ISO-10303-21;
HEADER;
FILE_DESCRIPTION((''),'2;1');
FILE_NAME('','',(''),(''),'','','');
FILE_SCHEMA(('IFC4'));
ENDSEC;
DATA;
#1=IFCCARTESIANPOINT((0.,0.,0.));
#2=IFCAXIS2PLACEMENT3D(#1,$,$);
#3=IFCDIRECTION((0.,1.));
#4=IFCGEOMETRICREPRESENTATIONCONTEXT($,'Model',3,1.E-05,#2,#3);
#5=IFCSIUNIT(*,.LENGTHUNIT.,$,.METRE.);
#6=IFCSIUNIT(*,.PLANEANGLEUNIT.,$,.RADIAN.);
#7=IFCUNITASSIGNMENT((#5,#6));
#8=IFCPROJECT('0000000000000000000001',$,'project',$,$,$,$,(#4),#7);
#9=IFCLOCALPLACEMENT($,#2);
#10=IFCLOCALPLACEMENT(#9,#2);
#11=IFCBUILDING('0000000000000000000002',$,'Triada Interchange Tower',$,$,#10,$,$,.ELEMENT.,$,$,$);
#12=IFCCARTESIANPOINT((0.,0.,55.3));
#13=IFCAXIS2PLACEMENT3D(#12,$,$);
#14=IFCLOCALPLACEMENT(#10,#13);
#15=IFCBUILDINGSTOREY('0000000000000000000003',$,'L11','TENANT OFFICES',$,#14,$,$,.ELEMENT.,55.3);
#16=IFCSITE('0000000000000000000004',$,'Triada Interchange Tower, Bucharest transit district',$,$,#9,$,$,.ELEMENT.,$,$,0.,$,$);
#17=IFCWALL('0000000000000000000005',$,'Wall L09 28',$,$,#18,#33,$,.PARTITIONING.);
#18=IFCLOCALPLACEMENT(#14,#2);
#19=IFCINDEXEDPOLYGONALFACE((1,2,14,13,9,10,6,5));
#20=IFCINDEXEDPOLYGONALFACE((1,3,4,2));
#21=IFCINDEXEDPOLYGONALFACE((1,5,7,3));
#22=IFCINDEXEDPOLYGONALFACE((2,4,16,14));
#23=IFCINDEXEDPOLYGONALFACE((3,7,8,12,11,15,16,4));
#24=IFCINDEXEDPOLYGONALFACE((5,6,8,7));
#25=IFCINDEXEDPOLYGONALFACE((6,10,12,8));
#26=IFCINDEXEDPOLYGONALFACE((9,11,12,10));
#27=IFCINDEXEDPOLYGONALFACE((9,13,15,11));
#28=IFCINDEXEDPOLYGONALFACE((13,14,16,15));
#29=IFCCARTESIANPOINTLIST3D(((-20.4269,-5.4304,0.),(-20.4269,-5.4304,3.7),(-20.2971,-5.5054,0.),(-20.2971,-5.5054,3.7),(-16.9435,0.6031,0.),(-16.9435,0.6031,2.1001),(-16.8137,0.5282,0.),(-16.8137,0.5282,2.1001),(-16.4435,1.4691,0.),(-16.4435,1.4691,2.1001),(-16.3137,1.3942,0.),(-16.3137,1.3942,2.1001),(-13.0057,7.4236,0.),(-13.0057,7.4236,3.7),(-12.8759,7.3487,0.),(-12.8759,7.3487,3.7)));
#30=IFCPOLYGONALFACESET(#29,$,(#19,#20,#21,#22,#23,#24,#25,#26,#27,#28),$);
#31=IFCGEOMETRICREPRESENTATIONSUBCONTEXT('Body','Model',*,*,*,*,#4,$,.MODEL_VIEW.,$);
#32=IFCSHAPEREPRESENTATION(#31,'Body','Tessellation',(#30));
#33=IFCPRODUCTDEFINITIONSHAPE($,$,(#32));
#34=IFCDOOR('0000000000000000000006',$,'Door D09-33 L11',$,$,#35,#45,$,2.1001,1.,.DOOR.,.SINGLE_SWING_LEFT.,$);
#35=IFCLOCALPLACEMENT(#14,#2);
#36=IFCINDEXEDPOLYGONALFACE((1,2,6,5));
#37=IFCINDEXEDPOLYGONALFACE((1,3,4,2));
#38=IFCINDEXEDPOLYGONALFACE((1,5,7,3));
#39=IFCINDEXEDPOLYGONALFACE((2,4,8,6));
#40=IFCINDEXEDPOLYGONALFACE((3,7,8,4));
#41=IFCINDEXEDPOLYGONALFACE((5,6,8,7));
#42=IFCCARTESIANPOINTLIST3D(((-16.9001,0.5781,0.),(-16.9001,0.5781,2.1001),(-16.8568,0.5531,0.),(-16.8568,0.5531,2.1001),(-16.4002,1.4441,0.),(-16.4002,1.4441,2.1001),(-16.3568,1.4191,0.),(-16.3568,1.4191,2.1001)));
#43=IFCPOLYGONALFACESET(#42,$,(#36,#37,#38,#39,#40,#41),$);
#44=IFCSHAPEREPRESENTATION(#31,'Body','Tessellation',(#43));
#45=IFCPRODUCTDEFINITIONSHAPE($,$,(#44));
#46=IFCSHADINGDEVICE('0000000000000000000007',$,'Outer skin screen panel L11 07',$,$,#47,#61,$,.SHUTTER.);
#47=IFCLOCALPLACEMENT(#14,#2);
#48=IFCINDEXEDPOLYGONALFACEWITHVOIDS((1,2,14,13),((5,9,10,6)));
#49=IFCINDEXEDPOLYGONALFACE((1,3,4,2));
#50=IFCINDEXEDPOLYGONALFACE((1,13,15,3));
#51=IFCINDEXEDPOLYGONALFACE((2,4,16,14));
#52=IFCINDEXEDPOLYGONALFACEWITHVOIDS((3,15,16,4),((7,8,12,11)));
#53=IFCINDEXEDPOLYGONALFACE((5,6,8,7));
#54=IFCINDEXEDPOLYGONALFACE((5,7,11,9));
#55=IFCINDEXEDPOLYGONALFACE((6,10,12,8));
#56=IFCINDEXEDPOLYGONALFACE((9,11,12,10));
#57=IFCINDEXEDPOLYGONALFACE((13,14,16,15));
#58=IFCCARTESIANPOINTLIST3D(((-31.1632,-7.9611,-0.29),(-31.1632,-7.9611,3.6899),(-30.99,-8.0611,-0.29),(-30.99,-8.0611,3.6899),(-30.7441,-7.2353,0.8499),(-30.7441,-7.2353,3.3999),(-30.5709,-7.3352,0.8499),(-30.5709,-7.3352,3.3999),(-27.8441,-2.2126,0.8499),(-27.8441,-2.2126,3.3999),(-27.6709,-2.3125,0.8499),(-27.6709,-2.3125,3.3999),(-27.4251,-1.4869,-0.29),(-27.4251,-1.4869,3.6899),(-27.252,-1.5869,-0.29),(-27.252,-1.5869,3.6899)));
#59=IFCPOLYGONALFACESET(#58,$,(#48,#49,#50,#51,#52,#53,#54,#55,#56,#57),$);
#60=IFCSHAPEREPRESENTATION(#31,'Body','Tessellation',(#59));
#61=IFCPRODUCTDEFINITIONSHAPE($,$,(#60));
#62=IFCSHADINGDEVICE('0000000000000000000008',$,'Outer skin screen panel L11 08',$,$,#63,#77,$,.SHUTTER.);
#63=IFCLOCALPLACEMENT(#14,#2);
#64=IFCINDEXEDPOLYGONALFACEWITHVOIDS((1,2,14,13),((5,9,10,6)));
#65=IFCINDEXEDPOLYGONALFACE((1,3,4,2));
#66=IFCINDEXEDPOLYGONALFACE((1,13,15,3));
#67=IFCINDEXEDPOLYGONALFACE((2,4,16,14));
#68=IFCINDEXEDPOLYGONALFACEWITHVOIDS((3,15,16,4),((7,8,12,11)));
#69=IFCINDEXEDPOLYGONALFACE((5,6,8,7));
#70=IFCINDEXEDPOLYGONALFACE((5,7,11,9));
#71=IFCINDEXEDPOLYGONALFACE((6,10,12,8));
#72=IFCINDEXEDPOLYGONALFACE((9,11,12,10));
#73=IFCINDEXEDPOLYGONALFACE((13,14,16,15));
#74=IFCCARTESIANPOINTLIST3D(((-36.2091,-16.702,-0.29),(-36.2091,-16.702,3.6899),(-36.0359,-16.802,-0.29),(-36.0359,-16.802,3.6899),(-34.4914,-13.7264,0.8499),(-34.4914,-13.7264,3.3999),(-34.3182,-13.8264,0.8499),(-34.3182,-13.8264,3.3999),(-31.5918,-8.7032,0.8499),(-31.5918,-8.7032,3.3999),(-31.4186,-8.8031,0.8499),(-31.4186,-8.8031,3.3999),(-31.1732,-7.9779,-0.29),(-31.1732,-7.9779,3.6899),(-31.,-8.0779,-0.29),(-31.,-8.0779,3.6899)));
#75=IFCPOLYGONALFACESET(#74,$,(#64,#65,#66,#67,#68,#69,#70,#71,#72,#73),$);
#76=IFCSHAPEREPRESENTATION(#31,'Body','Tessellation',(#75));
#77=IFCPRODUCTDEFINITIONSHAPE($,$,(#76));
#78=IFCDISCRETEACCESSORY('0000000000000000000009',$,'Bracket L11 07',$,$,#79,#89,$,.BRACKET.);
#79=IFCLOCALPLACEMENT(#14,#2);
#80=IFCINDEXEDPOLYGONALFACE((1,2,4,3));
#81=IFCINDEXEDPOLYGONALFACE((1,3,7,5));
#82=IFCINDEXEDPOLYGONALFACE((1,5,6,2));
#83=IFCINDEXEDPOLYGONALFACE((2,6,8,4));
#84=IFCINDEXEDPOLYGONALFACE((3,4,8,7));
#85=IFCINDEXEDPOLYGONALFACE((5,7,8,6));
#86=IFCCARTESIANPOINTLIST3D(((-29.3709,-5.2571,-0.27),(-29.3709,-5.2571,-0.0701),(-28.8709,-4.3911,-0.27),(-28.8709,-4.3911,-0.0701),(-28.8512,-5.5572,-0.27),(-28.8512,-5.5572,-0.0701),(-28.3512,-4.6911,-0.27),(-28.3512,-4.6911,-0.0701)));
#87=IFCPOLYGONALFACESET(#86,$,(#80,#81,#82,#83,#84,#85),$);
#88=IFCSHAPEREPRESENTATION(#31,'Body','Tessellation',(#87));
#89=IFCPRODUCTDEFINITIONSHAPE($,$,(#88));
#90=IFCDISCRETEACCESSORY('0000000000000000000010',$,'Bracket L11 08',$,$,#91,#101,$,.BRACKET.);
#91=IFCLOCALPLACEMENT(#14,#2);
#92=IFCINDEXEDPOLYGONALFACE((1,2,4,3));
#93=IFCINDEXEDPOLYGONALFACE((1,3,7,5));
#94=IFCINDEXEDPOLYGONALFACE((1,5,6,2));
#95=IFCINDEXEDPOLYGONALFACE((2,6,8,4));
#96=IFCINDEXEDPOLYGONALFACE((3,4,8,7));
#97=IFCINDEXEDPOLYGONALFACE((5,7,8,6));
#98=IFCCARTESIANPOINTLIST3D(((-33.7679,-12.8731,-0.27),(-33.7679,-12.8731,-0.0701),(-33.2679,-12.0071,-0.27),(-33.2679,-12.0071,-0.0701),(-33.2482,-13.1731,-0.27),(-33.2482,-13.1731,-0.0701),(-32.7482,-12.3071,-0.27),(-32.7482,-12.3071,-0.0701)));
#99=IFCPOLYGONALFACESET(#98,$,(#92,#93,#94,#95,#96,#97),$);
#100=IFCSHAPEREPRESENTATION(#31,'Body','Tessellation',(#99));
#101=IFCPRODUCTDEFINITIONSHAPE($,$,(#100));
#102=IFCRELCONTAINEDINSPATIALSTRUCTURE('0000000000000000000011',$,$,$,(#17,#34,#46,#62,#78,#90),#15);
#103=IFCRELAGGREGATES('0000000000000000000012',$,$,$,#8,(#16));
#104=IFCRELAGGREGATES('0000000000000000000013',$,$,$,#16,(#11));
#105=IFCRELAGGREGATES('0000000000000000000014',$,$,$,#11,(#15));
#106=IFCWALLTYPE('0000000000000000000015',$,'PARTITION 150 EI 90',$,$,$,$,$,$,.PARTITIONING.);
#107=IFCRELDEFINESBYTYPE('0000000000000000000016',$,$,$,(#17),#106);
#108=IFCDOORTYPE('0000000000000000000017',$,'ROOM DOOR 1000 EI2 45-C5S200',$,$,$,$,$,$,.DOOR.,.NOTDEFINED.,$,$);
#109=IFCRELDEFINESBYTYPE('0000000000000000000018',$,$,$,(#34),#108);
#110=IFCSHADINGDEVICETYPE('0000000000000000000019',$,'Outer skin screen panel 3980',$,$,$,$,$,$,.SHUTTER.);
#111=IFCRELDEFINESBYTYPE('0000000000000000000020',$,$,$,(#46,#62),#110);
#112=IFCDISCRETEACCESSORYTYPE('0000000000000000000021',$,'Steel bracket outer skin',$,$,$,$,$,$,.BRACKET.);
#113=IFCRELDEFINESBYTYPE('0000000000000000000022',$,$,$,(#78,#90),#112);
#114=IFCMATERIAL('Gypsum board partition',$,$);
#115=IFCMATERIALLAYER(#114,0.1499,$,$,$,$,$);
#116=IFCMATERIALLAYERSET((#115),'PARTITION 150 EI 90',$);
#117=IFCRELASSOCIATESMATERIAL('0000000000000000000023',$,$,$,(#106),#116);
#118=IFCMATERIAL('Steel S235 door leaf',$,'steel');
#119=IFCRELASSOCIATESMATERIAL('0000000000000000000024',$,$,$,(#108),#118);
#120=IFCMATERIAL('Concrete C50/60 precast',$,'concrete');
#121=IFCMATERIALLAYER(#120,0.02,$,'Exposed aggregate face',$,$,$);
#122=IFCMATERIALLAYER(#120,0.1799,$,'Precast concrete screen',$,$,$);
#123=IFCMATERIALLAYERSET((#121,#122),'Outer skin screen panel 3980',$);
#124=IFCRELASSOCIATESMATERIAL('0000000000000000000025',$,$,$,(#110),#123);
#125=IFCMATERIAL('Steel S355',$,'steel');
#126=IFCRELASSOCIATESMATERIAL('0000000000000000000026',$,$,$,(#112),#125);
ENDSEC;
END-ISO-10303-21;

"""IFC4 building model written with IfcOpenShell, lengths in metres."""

from ifc_helpers import new_model, si_unit, direction, frame, frame_2d, origin, origin_2d, place, context, subcontext, project, spatial, polyline, rectangle, outline, extrude, material, layer, layer_set, type_object, element, fill, save


model = new_model("IFC4")

# Units and contexts
model_context = context("Model", 3, precision=1e-05, world=origin(), true_north=direction((0.0, 1.0)))
body_context = subcontext(model_context, "Body", "Model", "MODEL_VIEW")
ifc_project = project(units=[si_unit("LENGTHUNIT", "METRE"), si_unit("PLANEANGLEUNIT", "RADIAN")], contexts=[model_context])

# Site, building, storey
site_placement = place(None, origin())
site = spatial("IfcSite", under=ifc_project, at=site_placement, Name="Triada Interchange Tower, Bucharest transit district", CompositionType="ELEMENT", RefElevation=0.0)
building_placement = place(site_placement, origin())
building = spatial("IfcBuilding", under=site, at=building_placement, Name="Triada Interchange Tower", CompositionType="ELEMENT")
storey_placement = place(building_placement, frame((0.0, 0.0, 55.3)))
storey = spatial("IfcBuildingStorey", under=building, at=storey_placement, Name="L11", Description="TENANT OFFICES", CompositionType="ELEMENT", Elevation=55.3)

# Shared definitions
ifc_material_1 = material(Name="Gypsum board partition")

# Shared definitions
ifc_material_2 = material(Name="Steel S235 door leaf", Category="steel")

# Wall, opening, door
ifc_layer_1 = layer(ifc_material_1, 0.1499)
ifc_layer_set_1 = layer_set([ifc_layer_1], Name="PARTITION 150 EI 90")
wall_type_1 = type_object("IfcWallType", Name="PARTITION 150 EI 90", PredefinedType="PARTITIONING", material=ifc_layer_set_1)
wall_1_placement = place(storey_placement, frame((-20.3621, -5.468, 0.0), z_axis=(0.0, 0.0, 1.0), x_axis=(0.499994, 0.866029, 0.0)))
wall_1 = element("IfcWall", 1, at=wall_1_placement, inside=storey, type_object=wall_type_1, Name="Wall L09 28", PredefinedType="PARTITIONING", context=body_context, shape_type="SweptSolid", body=[
    extrude(rectangle(XDim=14.8425, YDim=0.1499, at=frame_2d((7.4214, 0.0))), origin(), (0.0, 0.0, 1.0), 3.7),
])
opening_1_placement = place(wall_1_placement, frame((6.967, 0.0, 0.0)))
opening_1 = element("IfcOpeningElement", 2, at=opening_1_placement, cuts=wall_1, PredefinedType="OPENING", context=body_context, shape_type="SweptSolid", body=[
    extrude(rectangle(XDim=1.0, YDim=2.1001, at=frame_2d((0.5, 1.05))), frame((0.0, 0.085, 0.0), z_axis=(0.0, -1.0, 0.0), x_axis=(1.0, 0.0, 0.0)), (0.0, 0.0, 1.0), 0.1699),
])
door_type_1 = type_object("IfcDoorType", Name="ROOM DOOR 1000 EI2 45-C5S200", OperationType="NOTDEFINED", PredefinedType="DOOR", material=ifc_material_2)
door_1_placement = place(opening_1_placement, origin())
door_1 = element("IfcDoor", 3, at=door_1_placement, inside=storey, type_object=door_type_1, Name="Door D09-33 L11", OperationType="SINGLE_SWING_LEFT", OverallHeight=2.1001, OverallWidth=1.0, PredefinedType="DOOR", context=body_context, shape_type="SweptSolid", body=[
    extrude(rectangle(XDim=1.0, YDim=2.1001, at=frame_2d((0.5, 1.05))), frame((0.0, 0.0249, 0.0), z_axis=(0.0, -1.0, 0.0), x_axis=(1.0, 0.0, 0.0)), (0.0, 0.0, 1.0), 0.05),
])
fill(opening_1, door_1)

# Shading devices
ifc_material_3 = material(Name="Concrete C50/60 precast", Category="concrete")
ifc_layer_2 = layer(ifc_material_3, 0.02, Name="Exposed aggregate face")
ifc_layer_3 = layer(ifc_material_3, 0.1799, Name="Precast concrete screen")
ifc_layer_set_2 = layer_set([ifc_layer_2, ifc_layer_3], Name="Outer skin screen panel 3980")
shading_device_type = type_object("IfcShadingDeviceType", Name="Outer skin screen panel 3980", PredefinedType="SHUTTER", material=ifc_layer_set_2)
shading_device_1_placement = place(storey_placement, frame((-27.252, -1.5869, -0.29), z_axis=(0.0, 0.0, 1.0), x_axis=(-0.50002, -0.866014, 0.0)))
element("IfcShadingDevice", 4, at=shading_device_1_placement, inside=storey, type_object=shading_device_type, Name="Outer skin screen panel L11 07", PredefinedType="SHUTTER", context=body_context, shape_type="SweptSolid", body=[
    extrude(outline(polyline([(0.0, 0.0), (7.4758, 0.0), (7.4758, 3.98), (0.0, 3.98), (0.0, 0.0)]), holes=[polyline([(0.8379, 1.1399), (0.8379, 3.6899), (6.6377, 3.6899), (6.6377, 1.1399), (0.8379, 1.1399)])]), frame((0.0, 0.0, 0.0), z_axis=(0.0, -1.0, 0.0), x_axis=(1.0, 0.0, 0.0)), (0.0, 0.0, 1.0), 0.2),
])
shading_device_2_placement = place(storey_placement, frame((-31.0, -8.0779, -0.29), z_axis=(0.0, 0.0, 1.0), x_axis=(-0.499927, -0.866068, 0.0)))
element("IfcShadingDevice", 5, at=shading_device_2_placement, inside=storey, type_object=shading_device_type, Name="Outer skin screen panel L11 08", PredefinedType="SHUTTER", context=body_context, shape_type="SweptSolid", body=[
    extrude(outline(polyline([(0.0, 0.0), (10.0732, 0.0), (10.0732, 3.98), (0.0, 3.98), (0.0, 0.0)]), holes=[polyline([(0.8374, 1.1399), (0.8374, 3.6899), (6.6375, 3.6899), (6.6375, 1.1399), (0.8374, 1.1399)])]), frame((0.0, 0.0, 0.0), z_axis=(0.0, -1.0, 0.0), x_axis=(1.0, 0.0, 0.0)), (0.0, 0.0, 1.0), 0.2),
])

# Discrete accessories
ifc_material_4 = material(Name="Steel S355", Category="steel")
discrete_accessory_type = type_object("IfcDiscreteAccessoryType", Name="Steel bracket outer skin", PredefinedType="BRACKET", material=ifc_material_4)
for number, where, z_axis, x_axis, name in (
    (6, (-28.8611, -4.9741, -0.27), (0.0, 0.0, 1.0), (-0.866026, 0.499999, 0.0), "Bracket L11 07"),
    (7, (-33.2581, -12.5901, -0.27), (0.0, 0.0, 1.0), (-0.866026, 0.499999, 0.0), "Bracket L11 08"),
):
    element("IfcDiscreteAccessory", number, at=place(storey_placement, frame(where, z_axis=z_axis, x_axis=x_axis)), inside=storey, type_object=discrete_accessory_type, Name=name, PredefinedType="BRACKET", context=body_context, shape_type="SweptSolid", body=[
        extrude(rectangle(XDim=0.6001, YDim=1.0, at=origin_2d()), origin(), (0.0, 0.0, 1.0), 0.2),
    ])

save(model, "model.ifc")
